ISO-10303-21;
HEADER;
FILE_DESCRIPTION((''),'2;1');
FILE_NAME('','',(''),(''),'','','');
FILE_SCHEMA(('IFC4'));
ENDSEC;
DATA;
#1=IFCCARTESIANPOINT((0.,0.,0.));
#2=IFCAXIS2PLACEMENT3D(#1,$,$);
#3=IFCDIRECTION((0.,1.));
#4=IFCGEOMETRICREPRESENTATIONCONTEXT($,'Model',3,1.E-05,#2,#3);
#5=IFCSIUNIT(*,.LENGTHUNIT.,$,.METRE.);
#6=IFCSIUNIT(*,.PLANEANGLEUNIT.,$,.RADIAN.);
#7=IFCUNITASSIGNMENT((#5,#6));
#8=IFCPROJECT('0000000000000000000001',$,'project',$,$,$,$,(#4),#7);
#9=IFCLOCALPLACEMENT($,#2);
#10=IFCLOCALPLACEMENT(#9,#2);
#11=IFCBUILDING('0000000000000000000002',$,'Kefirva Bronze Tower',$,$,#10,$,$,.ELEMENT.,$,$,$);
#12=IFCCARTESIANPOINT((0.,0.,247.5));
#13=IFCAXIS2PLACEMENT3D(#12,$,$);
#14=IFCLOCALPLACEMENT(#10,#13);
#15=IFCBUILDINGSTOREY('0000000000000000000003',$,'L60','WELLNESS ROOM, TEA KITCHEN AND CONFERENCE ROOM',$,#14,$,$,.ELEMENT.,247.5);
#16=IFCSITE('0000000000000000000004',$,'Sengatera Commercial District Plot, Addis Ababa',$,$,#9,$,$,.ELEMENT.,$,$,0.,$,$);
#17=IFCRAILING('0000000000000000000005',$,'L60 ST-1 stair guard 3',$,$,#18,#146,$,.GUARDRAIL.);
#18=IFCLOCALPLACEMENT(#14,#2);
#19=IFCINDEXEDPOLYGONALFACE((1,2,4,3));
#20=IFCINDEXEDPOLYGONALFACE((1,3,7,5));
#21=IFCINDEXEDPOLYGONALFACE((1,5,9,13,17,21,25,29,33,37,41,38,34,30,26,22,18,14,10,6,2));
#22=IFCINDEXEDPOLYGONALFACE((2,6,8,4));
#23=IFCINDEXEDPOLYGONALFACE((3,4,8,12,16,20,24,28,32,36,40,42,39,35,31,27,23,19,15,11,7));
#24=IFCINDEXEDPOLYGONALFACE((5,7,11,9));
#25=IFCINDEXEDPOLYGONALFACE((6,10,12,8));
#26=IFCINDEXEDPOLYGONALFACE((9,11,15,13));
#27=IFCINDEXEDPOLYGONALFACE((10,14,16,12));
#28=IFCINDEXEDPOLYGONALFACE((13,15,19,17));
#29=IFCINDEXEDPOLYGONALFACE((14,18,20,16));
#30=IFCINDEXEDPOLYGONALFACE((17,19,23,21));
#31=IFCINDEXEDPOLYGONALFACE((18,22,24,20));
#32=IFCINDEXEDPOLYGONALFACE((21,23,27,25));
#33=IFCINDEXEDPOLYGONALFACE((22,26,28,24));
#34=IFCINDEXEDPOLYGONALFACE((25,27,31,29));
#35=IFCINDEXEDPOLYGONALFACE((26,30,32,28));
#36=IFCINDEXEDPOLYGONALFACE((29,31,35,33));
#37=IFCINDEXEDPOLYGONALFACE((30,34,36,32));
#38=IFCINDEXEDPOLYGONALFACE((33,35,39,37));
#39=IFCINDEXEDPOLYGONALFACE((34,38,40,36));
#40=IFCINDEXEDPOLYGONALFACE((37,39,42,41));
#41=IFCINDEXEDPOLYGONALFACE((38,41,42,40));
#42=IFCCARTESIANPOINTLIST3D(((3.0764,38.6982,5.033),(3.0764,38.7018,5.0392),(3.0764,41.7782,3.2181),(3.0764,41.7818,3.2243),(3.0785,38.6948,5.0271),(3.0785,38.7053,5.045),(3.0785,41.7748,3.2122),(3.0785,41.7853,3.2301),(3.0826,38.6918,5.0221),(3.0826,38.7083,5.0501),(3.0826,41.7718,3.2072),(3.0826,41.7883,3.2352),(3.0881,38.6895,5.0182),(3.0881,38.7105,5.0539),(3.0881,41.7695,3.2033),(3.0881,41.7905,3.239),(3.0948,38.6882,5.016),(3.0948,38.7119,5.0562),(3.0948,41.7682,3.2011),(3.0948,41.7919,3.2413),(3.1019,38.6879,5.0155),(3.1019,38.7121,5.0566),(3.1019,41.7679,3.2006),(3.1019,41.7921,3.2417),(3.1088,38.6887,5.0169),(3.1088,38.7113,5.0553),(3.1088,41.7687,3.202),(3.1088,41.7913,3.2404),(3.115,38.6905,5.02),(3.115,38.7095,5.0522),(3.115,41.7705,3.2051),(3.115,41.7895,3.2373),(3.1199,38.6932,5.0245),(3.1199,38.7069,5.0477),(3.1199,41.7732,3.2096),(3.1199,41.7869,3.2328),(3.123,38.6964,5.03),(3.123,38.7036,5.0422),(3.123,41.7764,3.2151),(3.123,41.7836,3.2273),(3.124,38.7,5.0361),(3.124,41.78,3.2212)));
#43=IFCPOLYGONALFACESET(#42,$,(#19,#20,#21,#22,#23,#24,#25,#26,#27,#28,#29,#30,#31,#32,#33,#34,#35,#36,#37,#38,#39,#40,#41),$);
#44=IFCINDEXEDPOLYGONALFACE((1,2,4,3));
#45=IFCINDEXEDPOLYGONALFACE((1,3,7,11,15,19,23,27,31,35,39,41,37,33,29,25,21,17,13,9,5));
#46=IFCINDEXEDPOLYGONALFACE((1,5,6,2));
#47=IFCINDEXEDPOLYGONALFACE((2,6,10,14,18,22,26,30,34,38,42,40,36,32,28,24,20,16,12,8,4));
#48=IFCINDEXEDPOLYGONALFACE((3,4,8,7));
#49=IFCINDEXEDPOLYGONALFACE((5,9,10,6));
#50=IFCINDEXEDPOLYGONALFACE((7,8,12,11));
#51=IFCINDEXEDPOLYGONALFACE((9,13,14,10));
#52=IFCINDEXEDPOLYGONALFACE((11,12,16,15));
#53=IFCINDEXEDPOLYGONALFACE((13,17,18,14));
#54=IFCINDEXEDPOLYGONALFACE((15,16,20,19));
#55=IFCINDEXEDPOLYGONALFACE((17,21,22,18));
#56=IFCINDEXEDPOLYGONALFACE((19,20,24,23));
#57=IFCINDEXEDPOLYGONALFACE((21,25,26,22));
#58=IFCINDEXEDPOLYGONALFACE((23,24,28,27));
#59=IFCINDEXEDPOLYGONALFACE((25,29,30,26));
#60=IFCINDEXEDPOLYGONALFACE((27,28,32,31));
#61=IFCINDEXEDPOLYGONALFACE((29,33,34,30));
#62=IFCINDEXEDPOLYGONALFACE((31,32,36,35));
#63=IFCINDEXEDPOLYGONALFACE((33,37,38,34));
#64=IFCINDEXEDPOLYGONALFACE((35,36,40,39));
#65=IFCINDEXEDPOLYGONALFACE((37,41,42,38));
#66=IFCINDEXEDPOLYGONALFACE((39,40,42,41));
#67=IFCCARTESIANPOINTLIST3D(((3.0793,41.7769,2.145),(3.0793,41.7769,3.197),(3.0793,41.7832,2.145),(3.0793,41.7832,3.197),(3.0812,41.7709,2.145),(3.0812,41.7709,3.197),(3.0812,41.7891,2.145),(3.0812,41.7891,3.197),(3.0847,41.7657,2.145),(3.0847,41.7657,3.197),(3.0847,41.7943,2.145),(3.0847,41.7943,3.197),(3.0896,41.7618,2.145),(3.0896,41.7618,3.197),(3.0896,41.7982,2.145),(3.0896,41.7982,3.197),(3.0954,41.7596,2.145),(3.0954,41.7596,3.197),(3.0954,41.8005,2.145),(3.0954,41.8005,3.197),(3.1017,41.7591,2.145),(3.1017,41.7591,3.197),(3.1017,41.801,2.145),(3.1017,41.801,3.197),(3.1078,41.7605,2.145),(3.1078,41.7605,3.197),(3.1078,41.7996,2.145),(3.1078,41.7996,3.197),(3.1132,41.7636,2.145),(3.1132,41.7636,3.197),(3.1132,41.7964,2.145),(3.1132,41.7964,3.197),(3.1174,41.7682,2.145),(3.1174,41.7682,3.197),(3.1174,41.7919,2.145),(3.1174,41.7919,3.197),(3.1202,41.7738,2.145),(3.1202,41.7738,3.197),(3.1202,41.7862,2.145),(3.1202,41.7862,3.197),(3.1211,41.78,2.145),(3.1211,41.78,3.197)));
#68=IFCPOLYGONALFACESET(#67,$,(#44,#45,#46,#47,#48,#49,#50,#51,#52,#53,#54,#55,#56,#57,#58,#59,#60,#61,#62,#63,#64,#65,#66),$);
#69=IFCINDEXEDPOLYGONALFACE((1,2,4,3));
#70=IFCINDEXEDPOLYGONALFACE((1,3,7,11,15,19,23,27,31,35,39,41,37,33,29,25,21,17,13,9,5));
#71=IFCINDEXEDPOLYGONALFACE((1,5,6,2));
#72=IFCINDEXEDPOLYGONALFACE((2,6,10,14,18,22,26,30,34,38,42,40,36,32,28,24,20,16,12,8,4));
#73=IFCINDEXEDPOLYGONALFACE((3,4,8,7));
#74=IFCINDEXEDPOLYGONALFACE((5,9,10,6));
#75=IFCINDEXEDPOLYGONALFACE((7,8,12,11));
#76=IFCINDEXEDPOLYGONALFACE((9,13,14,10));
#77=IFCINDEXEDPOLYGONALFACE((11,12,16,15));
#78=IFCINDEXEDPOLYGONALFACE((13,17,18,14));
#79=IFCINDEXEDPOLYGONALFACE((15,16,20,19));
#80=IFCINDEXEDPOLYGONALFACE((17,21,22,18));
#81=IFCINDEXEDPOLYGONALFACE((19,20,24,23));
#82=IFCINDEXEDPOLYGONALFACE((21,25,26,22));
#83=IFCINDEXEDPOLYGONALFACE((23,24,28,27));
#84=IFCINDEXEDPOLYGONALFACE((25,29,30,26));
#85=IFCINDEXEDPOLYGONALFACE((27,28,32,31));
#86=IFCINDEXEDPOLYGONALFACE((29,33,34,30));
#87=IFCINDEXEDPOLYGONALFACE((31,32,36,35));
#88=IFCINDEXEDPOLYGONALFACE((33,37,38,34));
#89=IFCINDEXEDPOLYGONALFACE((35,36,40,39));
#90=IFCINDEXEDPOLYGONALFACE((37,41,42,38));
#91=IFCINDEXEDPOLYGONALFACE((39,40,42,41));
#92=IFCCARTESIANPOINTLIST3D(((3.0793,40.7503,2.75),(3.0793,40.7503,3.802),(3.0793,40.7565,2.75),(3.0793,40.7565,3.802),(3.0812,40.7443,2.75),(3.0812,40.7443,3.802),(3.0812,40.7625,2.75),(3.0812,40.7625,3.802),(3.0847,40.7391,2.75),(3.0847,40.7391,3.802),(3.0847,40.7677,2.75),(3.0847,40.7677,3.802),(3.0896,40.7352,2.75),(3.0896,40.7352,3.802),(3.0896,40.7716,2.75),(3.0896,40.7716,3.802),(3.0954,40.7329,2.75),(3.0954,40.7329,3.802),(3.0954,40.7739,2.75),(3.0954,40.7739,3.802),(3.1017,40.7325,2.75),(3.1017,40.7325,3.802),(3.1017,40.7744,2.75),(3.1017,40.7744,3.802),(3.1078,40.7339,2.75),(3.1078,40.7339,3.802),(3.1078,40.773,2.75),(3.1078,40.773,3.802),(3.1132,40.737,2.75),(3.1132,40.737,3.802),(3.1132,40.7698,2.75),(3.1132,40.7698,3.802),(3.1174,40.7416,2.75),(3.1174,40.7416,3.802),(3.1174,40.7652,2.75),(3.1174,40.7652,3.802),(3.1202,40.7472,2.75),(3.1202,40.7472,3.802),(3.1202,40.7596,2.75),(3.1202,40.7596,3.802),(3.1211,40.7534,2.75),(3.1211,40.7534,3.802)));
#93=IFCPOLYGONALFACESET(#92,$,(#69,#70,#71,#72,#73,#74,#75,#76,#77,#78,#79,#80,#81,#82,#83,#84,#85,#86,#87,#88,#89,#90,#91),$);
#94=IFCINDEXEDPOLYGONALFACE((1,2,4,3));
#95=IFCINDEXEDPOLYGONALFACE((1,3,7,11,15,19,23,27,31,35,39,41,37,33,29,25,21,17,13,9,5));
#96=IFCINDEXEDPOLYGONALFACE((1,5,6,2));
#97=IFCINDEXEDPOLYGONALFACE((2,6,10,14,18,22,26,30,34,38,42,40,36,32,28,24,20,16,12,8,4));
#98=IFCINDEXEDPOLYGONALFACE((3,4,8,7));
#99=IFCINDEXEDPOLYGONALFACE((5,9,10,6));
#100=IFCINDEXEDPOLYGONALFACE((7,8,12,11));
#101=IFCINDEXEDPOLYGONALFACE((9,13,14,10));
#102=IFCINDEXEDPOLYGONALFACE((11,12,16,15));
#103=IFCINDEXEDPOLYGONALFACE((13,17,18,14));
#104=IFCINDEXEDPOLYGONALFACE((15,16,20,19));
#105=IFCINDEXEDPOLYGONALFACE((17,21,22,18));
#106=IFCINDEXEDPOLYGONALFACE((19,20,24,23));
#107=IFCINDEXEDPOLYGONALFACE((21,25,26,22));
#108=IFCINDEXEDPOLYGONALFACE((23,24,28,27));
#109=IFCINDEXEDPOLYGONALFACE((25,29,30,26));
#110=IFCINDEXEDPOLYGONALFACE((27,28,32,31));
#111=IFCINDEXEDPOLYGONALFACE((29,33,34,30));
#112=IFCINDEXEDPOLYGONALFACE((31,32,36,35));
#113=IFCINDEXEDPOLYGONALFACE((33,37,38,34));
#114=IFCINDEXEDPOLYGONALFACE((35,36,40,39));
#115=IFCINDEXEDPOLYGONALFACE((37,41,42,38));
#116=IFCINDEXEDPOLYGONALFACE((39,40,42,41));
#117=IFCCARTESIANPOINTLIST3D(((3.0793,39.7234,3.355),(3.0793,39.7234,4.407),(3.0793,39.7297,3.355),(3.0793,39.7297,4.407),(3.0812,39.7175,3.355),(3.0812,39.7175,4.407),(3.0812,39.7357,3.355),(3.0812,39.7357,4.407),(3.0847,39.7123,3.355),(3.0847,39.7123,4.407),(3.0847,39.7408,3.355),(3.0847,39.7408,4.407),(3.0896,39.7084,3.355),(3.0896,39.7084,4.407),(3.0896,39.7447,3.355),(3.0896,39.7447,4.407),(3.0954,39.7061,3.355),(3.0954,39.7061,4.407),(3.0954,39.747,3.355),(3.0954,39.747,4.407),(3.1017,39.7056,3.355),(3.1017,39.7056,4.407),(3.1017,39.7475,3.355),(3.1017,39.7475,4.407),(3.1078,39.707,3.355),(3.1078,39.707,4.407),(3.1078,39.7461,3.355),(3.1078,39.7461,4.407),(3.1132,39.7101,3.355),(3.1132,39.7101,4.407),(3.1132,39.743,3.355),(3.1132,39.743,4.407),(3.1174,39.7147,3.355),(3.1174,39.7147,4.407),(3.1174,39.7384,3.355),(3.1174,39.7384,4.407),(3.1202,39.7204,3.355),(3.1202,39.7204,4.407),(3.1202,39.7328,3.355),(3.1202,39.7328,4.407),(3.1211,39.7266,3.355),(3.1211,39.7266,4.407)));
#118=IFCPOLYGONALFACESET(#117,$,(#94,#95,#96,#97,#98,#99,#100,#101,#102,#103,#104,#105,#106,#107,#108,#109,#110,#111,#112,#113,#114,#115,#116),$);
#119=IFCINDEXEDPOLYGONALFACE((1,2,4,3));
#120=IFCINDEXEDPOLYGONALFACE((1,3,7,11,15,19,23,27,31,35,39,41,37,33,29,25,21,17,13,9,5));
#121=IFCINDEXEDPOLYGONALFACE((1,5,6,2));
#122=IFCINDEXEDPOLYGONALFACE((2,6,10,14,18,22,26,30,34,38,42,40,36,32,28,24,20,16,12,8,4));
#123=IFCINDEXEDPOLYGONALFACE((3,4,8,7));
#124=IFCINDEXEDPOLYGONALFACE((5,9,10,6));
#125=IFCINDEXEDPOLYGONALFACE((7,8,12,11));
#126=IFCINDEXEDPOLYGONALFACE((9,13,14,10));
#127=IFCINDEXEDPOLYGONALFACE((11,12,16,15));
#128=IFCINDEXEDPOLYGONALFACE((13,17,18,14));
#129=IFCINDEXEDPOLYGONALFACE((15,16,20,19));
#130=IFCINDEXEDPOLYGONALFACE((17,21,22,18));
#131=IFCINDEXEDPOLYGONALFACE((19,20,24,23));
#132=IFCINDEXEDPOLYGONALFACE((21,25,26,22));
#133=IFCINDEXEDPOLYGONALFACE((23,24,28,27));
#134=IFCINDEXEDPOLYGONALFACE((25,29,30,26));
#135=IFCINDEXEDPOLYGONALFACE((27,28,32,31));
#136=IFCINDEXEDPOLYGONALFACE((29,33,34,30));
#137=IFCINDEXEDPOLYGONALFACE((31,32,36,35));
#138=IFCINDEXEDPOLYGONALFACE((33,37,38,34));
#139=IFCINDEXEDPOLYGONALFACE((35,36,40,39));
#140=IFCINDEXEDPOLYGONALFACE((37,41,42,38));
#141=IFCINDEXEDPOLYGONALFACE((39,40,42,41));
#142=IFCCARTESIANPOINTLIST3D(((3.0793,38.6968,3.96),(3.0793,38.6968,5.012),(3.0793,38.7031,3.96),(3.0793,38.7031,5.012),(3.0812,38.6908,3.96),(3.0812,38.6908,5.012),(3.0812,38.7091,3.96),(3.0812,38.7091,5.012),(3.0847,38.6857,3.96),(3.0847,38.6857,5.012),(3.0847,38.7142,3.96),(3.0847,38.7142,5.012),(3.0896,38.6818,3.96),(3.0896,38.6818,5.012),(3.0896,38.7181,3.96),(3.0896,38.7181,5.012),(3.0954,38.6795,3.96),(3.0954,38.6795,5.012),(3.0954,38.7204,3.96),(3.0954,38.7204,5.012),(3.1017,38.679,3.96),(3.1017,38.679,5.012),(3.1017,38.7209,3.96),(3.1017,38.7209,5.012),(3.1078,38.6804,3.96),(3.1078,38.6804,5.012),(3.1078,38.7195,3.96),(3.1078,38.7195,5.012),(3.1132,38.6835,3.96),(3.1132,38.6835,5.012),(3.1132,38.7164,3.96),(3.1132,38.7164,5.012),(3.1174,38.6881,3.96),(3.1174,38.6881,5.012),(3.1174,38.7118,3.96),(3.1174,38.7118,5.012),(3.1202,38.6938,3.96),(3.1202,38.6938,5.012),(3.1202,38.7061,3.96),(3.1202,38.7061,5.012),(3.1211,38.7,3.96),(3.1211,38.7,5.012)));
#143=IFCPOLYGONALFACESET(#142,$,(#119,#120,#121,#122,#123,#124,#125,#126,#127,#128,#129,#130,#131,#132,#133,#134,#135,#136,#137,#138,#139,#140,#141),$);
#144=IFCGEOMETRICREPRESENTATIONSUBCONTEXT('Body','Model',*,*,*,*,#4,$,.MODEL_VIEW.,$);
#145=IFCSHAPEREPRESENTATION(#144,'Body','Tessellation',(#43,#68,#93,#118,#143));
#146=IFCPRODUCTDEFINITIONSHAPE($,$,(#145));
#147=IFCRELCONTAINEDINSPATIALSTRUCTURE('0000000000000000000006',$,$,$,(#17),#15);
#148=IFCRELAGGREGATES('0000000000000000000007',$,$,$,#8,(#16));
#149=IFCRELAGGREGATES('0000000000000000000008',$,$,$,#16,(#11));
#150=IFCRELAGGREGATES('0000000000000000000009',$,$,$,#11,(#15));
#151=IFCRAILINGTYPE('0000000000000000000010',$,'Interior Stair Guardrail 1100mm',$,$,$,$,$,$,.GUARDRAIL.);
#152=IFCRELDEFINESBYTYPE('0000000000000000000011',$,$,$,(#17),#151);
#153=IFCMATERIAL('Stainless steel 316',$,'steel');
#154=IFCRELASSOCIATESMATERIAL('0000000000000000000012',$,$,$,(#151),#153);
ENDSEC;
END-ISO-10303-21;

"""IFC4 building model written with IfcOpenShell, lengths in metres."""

from ifc_helpers import new_model, si_unit, direction, frame, origin, origin_2d, place, context, subcontext, project, spatial, circle, extrude, material, type_object, element, save


model = new_model("IFC4")

# Units and contexts
model_context = context("Model", 3, precision=1e-05, world=origin(), true_north=direction((0.0, 1.0)))
body_context = subcontext(model_context, "Body", "Model", "MODEL_VIEW")
ifc_project = project(units=[si_unit("LENGTHUNIT", "METRE"), si_unit("PLANEANGLEUNIT", "RADIAN")], contexts=[model_context])

# Site, building, storey
site_placement = place(None, origin())
site = spatial("IfcSite", under=ifc_project, at=site_placement, Name="Sengatera Commercial District Plot, Addis Ababa", CompositionType="ELEMENT", RefElevation=0.0)
building_placement = place(site_placement, origin())
building = spatial("IfcBuilding", under=site, at=building_placement, Name="Kefirva Bronze Tower", CompositionType="ELEMENT")
storey_placement = place(building_placement, frame((0.0, 0.0, 247.5)))
storey = spatial("IfcBuildingStorey", under=building, at=storey_placement, Name="L60", Description="WELLNESS ROOM, TEA KITCHEN AND CONFERENCE ROOM", CompositionType="ELEMENT", Elevation=247.5)

# Railing
ifc_material_1 = material(Name="Stainless steel 316", Category="steel")
railing_type_1 = type_object("IfcRailingType", Name="Interior Stair Guardrail 1100mm", PredefinedType="GUARDRAIL", material=ifc_material_1)
railing_1_placement = place(storey_placement, frame((3.1001, 41.78, 2.145)))
element("IfcRailing", 1, at=railing_1_placement, inside=storey, type_object=railing_type_1, Name="L60 ST-1 stair guard 3", PredefinedType="GUARDRAIL", context=body_context, shape_type="SweptSolid", body=[
    extrude(circle(Radius=0.0239, at=origin_2d()), frame((0.0, 0.0, 1.0762), z_axis=(0.0, -0.861551, 0.507671), x_axis=(1.0, 0.0, 0.0)), (0.0, 0.0, 1.0), 3.575),
    extrude(circle(Radius=0.021, at=origin_2d()), origin(), (0.0, 0.0, 1.0), 1.052),
    extrude(circle(Radius=0.021, at=origin_2d()), frame((0.0, -1.0266, 0.605)), (0.0, 0.0, 1.0), 1.052),
    extrude(circle(Radius=0.021, at=origin_2d()), frame((0.0, -2.0535, 1.21)), (0.0, 0.0, 1.0), 1.052),
    extrude(circle(Radius=0.021, at=origin_2d()), frame((0.0, -3.0801, 1.8149)), (0.0, 0.0, 1.0), 1.052),
])

save(model, "model.ifc")
